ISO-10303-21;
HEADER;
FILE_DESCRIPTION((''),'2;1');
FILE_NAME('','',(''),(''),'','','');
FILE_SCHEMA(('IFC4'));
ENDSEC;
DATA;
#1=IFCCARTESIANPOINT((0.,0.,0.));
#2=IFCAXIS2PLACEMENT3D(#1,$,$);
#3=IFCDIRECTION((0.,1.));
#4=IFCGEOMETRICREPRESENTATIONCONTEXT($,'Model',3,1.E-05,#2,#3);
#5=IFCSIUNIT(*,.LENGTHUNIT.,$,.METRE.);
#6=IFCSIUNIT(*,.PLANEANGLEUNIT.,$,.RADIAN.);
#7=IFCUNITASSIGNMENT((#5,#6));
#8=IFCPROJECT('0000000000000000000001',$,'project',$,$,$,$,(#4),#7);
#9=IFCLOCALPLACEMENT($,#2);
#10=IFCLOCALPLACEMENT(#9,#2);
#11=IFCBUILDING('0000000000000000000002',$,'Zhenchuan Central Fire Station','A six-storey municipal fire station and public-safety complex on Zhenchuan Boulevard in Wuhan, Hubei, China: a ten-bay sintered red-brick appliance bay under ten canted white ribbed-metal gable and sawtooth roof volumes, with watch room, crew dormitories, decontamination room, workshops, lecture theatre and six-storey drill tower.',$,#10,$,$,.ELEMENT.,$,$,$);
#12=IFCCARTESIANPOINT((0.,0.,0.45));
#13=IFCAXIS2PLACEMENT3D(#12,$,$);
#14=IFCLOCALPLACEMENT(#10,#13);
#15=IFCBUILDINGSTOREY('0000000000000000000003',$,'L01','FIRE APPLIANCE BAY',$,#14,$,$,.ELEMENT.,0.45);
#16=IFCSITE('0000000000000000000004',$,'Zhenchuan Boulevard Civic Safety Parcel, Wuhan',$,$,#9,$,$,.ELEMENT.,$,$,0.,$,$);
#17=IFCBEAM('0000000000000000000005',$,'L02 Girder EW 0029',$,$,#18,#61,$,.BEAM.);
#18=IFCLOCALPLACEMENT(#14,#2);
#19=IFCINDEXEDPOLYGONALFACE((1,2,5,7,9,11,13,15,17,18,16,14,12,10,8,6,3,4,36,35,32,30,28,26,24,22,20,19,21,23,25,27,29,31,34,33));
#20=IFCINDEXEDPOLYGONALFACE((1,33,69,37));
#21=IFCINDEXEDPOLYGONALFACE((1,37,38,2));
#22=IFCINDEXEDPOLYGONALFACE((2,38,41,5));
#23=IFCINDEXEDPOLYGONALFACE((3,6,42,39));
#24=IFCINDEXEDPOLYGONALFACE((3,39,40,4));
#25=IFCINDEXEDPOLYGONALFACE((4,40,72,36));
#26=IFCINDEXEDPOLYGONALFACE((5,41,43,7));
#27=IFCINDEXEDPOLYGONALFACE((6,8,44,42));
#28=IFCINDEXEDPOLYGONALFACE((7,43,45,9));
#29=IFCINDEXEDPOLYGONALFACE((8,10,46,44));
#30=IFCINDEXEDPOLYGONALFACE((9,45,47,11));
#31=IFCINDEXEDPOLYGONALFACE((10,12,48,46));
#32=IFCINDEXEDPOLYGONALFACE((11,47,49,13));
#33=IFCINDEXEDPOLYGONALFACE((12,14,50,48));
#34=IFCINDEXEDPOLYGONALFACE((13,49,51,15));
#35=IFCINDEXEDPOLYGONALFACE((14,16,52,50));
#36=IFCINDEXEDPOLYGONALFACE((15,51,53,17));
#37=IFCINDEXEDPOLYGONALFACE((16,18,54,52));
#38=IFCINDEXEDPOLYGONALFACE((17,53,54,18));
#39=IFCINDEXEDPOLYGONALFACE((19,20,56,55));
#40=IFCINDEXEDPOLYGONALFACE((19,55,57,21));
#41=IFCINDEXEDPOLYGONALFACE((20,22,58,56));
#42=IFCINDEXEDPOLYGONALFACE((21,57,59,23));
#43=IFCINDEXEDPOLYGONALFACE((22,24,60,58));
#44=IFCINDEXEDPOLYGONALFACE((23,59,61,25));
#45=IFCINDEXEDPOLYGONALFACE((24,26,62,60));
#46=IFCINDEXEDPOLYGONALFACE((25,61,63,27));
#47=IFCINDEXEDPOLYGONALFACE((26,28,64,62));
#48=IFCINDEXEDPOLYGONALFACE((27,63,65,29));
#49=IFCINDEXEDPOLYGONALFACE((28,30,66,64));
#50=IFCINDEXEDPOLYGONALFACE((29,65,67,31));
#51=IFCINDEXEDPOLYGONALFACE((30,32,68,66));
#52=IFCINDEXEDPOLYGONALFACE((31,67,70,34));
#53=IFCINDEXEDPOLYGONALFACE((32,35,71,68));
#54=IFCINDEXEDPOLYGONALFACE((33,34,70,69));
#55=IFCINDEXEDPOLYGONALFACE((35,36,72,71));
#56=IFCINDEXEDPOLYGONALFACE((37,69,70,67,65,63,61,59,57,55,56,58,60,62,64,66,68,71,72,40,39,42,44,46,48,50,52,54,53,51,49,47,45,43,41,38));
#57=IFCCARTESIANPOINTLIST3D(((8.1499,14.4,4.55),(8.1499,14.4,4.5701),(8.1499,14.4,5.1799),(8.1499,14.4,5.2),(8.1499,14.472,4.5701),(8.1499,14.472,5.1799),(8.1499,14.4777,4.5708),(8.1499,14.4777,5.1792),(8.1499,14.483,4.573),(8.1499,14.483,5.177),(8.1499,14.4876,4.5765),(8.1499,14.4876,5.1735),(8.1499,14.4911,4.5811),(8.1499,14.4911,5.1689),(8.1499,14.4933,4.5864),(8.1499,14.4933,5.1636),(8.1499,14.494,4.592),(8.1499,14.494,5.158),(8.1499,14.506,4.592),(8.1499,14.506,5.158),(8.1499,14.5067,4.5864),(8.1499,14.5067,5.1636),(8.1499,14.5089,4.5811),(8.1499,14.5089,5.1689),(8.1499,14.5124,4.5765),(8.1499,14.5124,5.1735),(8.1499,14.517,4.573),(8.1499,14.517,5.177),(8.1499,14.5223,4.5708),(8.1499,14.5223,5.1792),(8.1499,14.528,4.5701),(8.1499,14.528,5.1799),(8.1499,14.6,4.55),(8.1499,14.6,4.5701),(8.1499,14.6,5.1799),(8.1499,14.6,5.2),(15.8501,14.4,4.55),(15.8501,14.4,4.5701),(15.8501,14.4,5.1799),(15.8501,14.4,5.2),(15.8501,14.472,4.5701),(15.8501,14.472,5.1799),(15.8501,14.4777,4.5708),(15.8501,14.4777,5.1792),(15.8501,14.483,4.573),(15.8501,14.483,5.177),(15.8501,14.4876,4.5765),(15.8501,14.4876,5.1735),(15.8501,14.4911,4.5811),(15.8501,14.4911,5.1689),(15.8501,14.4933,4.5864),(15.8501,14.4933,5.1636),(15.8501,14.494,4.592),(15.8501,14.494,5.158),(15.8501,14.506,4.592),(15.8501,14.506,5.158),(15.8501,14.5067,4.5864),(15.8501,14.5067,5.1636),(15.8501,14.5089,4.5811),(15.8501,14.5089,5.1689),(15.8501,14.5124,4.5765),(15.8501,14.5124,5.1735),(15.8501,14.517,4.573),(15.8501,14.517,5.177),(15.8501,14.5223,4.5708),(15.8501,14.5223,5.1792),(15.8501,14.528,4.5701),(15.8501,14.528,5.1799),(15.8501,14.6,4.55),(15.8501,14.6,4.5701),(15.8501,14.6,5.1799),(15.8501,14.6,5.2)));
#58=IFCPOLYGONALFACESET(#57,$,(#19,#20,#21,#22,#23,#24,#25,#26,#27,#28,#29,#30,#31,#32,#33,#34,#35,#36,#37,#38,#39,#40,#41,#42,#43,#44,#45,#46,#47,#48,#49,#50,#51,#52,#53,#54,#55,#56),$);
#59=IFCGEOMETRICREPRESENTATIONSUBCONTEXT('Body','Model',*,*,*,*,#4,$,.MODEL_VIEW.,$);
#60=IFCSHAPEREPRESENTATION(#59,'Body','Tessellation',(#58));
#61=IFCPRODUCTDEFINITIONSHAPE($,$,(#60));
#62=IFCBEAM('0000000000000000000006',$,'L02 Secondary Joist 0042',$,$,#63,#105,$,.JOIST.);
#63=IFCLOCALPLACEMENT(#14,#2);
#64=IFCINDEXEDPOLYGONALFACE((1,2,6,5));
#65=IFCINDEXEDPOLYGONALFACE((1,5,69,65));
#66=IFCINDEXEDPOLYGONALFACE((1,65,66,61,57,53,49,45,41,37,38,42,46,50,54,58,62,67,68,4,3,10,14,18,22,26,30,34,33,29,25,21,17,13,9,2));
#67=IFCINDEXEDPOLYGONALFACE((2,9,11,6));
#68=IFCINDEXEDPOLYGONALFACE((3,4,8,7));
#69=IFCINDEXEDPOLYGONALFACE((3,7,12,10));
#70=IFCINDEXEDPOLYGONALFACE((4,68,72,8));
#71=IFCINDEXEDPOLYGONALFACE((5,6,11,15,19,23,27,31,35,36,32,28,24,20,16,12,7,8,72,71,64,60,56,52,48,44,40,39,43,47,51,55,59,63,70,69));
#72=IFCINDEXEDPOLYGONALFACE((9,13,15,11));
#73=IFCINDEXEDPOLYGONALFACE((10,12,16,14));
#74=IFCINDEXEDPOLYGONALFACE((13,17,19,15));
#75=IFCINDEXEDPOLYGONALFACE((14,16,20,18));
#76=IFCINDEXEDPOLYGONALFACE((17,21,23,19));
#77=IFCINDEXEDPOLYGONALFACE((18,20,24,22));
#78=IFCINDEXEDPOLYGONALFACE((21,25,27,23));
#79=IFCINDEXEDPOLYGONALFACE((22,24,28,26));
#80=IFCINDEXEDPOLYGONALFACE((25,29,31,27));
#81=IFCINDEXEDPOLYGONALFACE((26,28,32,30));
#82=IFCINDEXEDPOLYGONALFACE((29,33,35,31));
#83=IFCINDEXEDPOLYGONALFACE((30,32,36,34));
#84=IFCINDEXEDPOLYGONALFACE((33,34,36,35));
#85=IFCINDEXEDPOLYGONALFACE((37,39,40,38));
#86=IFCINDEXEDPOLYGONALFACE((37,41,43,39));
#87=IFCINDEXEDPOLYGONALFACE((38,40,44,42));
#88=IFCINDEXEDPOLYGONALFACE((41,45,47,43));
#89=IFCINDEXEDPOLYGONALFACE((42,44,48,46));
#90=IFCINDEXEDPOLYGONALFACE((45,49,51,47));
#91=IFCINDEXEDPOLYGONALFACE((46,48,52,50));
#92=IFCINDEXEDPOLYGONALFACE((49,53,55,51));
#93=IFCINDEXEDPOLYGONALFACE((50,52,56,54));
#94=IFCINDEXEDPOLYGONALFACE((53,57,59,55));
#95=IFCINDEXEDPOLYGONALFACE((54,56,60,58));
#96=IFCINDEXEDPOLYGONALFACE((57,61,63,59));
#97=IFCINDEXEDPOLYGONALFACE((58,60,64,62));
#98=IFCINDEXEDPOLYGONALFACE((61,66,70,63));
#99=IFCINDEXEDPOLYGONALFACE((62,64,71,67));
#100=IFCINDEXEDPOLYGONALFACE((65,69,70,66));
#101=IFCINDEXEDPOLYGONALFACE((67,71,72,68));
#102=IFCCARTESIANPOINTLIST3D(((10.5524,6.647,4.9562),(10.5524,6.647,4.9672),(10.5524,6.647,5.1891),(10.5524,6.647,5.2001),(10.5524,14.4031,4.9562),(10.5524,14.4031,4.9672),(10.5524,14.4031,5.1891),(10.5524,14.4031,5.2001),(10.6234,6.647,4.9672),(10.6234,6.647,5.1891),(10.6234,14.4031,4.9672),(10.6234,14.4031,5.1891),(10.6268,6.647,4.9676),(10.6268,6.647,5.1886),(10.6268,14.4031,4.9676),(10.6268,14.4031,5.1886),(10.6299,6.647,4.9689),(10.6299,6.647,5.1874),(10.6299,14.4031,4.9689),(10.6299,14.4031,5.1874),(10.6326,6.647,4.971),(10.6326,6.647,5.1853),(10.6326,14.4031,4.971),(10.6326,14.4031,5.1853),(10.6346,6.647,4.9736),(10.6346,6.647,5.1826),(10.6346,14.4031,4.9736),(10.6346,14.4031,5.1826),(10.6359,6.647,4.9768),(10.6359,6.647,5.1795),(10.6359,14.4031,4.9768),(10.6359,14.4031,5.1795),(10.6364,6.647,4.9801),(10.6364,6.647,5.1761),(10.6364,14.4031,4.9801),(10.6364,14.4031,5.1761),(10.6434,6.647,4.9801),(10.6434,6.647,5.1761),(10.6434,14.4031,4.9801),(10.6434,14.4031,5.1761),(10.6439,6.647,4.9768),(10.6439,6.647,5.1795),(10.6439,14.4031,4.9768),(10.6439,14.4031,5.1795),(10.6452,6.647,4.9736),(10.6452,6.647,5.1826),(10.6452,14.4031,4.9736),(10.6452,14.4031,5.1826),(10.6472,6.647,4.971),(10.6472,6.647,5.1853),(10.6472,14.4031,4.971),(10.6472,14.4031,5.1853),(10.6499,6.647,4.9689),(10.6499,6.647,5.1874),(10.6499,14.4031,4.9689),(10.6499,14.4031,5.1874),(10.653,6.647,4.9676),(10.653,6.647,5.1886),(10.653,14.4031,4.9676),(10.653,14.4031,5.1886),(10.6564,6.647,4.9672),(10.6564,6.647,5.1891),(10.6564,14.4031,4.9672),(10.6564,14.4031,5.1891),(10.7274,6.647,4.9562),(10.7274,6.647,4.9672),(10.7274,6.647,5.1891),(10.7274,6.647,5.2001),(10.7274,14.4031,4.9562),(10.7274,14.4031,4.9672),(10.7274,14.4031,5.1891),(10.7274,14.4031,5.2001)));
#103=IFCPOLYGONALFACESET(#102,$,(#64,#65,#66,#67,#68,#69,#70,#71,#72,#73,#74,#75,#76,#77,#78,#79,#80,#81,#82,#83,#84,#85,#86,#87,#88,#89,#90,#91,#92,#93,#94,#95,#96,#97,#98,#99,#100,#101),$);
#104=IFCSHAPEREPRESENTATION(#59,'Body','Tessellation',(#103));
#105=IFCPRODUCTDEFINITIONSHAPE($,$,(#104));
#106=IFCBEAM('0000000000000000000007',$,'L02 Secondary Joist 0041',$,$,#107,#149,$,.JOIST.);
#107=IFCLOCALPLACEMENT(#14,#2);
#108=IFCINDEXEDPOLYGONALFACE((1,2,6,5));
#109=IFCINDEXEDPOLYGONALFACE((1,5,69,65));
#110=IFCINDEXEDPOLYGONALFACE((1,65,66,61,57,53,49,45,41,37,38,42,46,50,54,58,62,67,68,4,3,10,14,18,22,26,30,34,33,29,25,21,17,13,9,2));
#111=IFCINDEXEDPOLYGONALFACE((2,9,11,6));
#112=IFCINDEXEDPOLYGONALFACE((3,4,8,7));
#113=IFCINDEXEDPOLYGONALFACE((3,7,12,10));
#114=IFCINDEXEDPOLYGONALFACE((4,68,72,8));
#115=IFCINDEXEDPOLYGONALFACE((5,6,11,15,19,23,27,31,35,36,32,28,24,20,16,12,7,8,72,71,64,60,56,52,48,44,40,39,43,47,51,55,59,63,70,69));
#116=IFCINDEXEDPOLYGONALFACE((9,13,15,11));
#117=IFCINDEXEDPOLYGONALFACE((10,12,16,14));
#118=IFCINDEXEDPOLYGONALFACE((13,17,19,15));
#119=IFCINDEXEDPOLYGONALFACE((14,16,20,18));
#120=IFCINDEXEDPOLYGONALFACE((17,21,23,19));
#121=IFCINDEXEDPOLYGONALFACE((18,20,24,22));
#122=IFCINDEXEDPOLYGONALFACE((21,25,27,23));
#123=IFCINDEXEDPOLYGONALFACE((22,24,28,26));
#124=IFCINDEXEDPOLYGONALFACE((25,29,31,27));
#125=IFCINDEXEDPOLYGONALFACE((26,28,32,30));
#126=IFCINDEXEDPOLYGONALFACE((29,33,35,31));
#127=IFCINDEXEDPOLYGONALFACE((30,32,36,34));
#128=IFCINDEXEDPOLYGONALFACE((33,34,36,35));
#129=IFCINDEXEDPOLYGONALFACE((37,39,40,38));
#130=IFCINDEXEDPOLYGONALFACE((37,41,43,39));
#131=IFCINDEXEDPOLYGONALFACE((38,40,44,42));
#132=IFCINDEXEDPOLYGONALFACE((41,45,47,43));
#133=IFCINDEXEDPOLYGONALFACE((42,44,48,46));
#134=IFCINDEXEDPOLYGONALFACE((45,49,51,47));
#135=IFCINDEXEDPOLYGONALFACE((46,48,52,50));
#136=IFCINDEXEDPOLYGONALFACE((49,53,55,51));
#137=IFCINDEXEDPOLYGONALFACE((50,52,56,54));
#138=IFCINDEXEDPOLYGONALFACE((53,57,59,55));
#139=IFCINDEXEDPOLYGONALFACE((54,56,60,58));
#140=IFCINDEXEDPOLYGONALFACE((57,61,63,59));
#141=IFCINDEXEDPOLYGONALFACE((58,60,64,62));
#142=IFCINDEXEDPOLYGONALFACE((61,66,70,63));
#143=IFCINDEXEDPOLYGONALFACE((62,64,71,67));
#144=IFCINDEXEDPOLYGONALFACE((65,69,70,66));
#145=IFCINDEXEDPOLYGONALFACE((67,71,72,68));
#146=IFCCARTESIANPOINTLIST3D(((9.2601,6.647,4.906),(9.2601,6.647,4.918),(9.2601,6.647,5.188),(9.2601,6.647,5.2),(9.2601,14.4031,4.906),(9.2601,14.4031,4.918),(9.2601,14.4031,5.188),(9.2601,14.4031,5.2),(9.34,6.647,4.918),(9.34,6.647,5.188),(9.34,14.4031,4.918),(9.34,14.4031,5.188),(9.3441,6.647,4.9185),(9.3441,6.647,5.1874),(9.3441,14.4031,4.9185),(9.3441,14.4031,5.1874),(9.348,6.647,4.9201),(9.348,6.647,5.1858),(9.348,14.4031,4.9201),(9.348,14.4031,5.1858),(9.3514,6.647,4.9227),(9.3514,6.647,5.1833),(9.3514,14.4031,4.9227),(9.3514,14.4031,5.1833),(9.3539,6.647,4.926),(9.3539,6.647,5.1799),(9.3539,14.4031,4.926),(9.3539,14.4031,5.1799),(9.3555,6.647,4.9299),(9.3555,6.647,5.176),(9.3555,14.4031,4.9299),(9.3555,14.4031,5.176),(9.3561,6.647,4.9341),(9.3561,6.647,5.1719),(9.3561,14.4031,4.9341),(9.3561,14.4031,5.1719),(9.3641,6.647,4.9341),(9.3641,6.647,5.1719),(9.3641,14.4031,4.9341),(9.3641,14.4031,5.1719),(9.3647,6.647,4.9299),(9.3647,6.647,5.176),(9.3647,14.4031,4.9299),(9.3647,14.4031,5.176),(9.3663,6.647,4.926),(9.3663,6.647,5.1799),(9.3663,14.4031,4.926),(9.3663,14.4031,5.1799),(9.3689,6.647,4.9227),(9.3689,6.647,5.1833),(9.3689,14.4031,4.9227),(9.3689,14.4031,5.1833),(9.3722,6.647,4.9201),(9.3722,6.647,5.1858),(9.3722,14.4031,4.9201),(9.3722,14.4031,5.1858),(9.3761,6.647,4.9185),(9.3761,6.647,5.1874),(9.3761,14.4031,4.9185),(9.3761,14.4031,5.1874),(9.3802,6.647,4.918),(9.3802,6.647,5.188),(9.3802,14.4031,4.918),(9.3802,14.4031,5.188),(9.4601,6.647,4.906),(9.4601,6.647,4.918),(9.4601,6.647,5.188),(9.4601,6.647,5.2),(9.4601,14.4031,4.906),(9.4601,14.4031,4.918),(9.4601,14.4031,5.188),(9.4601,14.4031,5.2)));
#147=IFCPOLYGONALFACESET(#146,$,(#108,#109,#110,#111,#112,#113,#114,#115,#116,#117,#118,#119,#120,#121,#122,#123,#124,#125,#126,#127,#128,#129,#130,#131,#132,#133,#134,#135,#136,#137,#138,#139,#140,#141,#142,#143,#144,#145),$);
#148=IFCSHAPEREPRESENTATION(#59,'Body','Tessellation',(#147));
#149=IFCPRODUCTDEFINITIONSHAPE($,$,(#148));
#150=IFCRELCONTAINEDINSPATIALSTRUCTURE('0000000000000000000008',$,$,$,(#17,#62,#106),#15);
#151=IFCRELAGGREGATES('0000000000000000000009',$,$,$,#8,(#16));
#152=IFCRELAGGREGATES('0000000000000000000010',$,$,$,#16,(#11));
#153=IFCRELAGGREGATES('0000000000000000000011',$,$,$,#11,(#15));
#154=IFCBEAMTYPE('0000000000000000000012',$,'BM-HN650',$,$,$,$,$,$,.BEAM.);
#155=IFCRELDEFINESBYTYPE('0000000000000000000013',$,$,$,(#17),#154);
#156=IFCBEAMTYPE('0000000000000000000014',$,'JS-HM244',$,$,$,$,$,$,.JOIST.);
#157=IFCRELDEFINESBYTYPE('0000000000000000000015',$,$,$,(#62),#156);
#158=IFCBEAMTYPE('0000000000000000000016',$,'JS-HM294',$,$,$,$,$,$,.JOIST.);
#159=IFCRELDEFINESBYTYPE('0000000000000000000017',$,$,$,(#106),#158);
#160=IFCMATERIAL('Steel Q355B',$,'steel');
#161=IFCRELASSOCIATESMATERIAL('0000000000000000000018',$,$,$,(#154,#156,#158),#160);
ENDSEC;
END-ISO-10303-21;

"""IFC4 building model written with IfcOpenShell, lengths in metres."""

from ifc_helpers import new_model, si_unit, direction, frame, origin, origin_2d, place, context, subcontext, project, spatial, i_section, extrude, material, material_profile, profile_set, type_object, element, save


model = new_model("IFC4")

# Units and contexts
model_context = context("Model", 3, precision=1e-05, world=origin(), true_north=direction((0.0, 1.0)))
body_context = subcontext(model_context, "Body", "Model", "MODEL_VIEW")
ifc_project = project(units=[si_unit("LENGTHUNIT", "METRE"), si_unit("PLANEANGLEUNIT", "RADIAN")], contexts=[model_context])

# Site, building, storey
site_placement = place(None, origin())
site = spatial("IfcSite", under=ifc_project, at=site_placement, Name="Zhenchuan Boulevard Civic Safety Parcel, Wuhan", CompositionType="ELEMENT", RefElevation=0.0)
building_placement = place(site_placement, origin())
building = spatial("IfcBuilding", under=site, at=building_placement, Name="Zhenchuan Central Fire Station", Description="A six-storey municipal fire station and public-safety complex on Zhenchuan Boulevard in Wuhan, Hubei, China: a ten-bay sintered red-brick appliance bay under ten canted white ribbed-metal gable and sawtooth roof volumes, with watch room, crew dormitories, decontamination room, workshops, lecture theatre and six-storey drill tower.", CompositionType="ELEMENT")
storey_placement = place(building_placement, frame((0.0, 0.0, 0.45)))
storey = spatial("IfcBuildingStorey", under=building, at=storey_placement, Name="L01", Description="FIRE APPLIANCE BAY", CompositionType="ELEMENT", Elevation=0.45)

# Shared definitions
ifc_material_1 = material(Name="Steel Q355B", Category="steel")

# Beams
ifc_material_profile_1 = material_profile(ifc_material_1, i_section(OverallWidth=0.2, OverallDepth=0.6499, WebThickness=0.012, FlangeThickness=0.02, FilletRadius=0.022, at=origin_2d()), Name="HN 650x200")
ifc_profile_set_1 = profile_set([ifc_material_profile_1], Name="Steel Q355B")
beam_type_1 = type_object("IfcBeamType", Name="BM-HN650", PredefinedType="BEAM", material=ifc_profile_set_1)
beam_1_placement = place(storey_placement, frame((8.1499, 14.5, 4.875), z_axis=(1.0, 0.0, 0.0), x_axis=(0.0, 1.0, 0.0)))
element("IfcBeam", 1, at=beam_1_placement, inside=storey, type_object=beam_type_1, Name="L02 Girder EW 0029", PredefinedType="BEAM", context=body_context, shape_type="SweptSolid", body=[
    extrude(i_section(OverallWidth=0.2, OverallDepth=0.6499, WebThickness=0.012, FlangeThickness=0.02, FilletRadius=0.022, at=origin_2d()), origin(), (0.0, 0.0, 1.0), 7.7002),
])
ifc_material_profile_2 = material_profile(ifc_material_1, i_section(OverallWidth=0.175, OverallDepth=0.2439, WebThickness=0.0071, FlangeThickness=0.011, FilletRadius=0.0129, at=origin_2d()), Name="HM 244x175")
ifc_profile_set_2 = profile_set([ifc_material_profile_2], Name="Steel Q355B")
beam_type_2 = type_object("IfcBeamType", Name="JS-HM244", PredefinedType="JOIST", material=ifc_profile_set_2)
beam_2_placement = place(storey_placement, frame((10.6399, 6.647, 5.0781), z_axis=(0.0, 1.0, 0.0), x_axis=(-1.0, 0.0, 0.0)))
element("IfcBeam", 2, at=beam_2_placement, inside=storey, type_object=beam_type_2, Name="L02 Secondary Joist 0042", PredefinedType="JOIST", context=body_context, shape_type="SweptSolid", body=[
    extrude(i_section(OverallWidth=0.175, OverallDepth=0.2439, WebThickness=0.0071, FlangeThickness=0.011, FilletRadius=0.0129, at=origin_2d()), origin(), (0.0, 0.0, 1.0), 7.7561),
])
ifc_material_profile_3 = material_profile(ifc_material_1, i_section(OverallWidth=0.2, OverallDepth=0.2939, WebThickness=0.0081, FlangeThickness=0.012, FilletRadius=0.0161, at=origin_2d()), Name="HM 294x200")
ifc_profile_set_3 = profile_set([ifc_material_profile_3], Name="Steel Q355B")
beam_type_3 = type_object("IfcBeamType", Name="JS-HM294", PredefinedType="JOIST", material=ifc_profile_set_3)
beam_3_placement = place(storey_placement, frame((9.3601, 6.647, 5.053), z_axis=(0.0, 1.0, 0.0), x_axis=(-1.0, 0.0, 0.0)))
element("IfcBeam", 3, at=beam_3_placement, inside=storey, type_object=beam_type_3, Name="L02 Secondary Joist 0041", PredefinedType="JOIST", context=body_context, shape_type="SweptSolid", body=[
    extrude(i_section(OverallWidth=0.2, OverallDepth=0.2939, WebThickness=0.0081, FlangeThickness=0.012, FilletRadius=0.0161, at=origin_2d()), origin(), (0.0, 0.0, 1.0), 7.7561),
])

save(model, "model.ifc")
